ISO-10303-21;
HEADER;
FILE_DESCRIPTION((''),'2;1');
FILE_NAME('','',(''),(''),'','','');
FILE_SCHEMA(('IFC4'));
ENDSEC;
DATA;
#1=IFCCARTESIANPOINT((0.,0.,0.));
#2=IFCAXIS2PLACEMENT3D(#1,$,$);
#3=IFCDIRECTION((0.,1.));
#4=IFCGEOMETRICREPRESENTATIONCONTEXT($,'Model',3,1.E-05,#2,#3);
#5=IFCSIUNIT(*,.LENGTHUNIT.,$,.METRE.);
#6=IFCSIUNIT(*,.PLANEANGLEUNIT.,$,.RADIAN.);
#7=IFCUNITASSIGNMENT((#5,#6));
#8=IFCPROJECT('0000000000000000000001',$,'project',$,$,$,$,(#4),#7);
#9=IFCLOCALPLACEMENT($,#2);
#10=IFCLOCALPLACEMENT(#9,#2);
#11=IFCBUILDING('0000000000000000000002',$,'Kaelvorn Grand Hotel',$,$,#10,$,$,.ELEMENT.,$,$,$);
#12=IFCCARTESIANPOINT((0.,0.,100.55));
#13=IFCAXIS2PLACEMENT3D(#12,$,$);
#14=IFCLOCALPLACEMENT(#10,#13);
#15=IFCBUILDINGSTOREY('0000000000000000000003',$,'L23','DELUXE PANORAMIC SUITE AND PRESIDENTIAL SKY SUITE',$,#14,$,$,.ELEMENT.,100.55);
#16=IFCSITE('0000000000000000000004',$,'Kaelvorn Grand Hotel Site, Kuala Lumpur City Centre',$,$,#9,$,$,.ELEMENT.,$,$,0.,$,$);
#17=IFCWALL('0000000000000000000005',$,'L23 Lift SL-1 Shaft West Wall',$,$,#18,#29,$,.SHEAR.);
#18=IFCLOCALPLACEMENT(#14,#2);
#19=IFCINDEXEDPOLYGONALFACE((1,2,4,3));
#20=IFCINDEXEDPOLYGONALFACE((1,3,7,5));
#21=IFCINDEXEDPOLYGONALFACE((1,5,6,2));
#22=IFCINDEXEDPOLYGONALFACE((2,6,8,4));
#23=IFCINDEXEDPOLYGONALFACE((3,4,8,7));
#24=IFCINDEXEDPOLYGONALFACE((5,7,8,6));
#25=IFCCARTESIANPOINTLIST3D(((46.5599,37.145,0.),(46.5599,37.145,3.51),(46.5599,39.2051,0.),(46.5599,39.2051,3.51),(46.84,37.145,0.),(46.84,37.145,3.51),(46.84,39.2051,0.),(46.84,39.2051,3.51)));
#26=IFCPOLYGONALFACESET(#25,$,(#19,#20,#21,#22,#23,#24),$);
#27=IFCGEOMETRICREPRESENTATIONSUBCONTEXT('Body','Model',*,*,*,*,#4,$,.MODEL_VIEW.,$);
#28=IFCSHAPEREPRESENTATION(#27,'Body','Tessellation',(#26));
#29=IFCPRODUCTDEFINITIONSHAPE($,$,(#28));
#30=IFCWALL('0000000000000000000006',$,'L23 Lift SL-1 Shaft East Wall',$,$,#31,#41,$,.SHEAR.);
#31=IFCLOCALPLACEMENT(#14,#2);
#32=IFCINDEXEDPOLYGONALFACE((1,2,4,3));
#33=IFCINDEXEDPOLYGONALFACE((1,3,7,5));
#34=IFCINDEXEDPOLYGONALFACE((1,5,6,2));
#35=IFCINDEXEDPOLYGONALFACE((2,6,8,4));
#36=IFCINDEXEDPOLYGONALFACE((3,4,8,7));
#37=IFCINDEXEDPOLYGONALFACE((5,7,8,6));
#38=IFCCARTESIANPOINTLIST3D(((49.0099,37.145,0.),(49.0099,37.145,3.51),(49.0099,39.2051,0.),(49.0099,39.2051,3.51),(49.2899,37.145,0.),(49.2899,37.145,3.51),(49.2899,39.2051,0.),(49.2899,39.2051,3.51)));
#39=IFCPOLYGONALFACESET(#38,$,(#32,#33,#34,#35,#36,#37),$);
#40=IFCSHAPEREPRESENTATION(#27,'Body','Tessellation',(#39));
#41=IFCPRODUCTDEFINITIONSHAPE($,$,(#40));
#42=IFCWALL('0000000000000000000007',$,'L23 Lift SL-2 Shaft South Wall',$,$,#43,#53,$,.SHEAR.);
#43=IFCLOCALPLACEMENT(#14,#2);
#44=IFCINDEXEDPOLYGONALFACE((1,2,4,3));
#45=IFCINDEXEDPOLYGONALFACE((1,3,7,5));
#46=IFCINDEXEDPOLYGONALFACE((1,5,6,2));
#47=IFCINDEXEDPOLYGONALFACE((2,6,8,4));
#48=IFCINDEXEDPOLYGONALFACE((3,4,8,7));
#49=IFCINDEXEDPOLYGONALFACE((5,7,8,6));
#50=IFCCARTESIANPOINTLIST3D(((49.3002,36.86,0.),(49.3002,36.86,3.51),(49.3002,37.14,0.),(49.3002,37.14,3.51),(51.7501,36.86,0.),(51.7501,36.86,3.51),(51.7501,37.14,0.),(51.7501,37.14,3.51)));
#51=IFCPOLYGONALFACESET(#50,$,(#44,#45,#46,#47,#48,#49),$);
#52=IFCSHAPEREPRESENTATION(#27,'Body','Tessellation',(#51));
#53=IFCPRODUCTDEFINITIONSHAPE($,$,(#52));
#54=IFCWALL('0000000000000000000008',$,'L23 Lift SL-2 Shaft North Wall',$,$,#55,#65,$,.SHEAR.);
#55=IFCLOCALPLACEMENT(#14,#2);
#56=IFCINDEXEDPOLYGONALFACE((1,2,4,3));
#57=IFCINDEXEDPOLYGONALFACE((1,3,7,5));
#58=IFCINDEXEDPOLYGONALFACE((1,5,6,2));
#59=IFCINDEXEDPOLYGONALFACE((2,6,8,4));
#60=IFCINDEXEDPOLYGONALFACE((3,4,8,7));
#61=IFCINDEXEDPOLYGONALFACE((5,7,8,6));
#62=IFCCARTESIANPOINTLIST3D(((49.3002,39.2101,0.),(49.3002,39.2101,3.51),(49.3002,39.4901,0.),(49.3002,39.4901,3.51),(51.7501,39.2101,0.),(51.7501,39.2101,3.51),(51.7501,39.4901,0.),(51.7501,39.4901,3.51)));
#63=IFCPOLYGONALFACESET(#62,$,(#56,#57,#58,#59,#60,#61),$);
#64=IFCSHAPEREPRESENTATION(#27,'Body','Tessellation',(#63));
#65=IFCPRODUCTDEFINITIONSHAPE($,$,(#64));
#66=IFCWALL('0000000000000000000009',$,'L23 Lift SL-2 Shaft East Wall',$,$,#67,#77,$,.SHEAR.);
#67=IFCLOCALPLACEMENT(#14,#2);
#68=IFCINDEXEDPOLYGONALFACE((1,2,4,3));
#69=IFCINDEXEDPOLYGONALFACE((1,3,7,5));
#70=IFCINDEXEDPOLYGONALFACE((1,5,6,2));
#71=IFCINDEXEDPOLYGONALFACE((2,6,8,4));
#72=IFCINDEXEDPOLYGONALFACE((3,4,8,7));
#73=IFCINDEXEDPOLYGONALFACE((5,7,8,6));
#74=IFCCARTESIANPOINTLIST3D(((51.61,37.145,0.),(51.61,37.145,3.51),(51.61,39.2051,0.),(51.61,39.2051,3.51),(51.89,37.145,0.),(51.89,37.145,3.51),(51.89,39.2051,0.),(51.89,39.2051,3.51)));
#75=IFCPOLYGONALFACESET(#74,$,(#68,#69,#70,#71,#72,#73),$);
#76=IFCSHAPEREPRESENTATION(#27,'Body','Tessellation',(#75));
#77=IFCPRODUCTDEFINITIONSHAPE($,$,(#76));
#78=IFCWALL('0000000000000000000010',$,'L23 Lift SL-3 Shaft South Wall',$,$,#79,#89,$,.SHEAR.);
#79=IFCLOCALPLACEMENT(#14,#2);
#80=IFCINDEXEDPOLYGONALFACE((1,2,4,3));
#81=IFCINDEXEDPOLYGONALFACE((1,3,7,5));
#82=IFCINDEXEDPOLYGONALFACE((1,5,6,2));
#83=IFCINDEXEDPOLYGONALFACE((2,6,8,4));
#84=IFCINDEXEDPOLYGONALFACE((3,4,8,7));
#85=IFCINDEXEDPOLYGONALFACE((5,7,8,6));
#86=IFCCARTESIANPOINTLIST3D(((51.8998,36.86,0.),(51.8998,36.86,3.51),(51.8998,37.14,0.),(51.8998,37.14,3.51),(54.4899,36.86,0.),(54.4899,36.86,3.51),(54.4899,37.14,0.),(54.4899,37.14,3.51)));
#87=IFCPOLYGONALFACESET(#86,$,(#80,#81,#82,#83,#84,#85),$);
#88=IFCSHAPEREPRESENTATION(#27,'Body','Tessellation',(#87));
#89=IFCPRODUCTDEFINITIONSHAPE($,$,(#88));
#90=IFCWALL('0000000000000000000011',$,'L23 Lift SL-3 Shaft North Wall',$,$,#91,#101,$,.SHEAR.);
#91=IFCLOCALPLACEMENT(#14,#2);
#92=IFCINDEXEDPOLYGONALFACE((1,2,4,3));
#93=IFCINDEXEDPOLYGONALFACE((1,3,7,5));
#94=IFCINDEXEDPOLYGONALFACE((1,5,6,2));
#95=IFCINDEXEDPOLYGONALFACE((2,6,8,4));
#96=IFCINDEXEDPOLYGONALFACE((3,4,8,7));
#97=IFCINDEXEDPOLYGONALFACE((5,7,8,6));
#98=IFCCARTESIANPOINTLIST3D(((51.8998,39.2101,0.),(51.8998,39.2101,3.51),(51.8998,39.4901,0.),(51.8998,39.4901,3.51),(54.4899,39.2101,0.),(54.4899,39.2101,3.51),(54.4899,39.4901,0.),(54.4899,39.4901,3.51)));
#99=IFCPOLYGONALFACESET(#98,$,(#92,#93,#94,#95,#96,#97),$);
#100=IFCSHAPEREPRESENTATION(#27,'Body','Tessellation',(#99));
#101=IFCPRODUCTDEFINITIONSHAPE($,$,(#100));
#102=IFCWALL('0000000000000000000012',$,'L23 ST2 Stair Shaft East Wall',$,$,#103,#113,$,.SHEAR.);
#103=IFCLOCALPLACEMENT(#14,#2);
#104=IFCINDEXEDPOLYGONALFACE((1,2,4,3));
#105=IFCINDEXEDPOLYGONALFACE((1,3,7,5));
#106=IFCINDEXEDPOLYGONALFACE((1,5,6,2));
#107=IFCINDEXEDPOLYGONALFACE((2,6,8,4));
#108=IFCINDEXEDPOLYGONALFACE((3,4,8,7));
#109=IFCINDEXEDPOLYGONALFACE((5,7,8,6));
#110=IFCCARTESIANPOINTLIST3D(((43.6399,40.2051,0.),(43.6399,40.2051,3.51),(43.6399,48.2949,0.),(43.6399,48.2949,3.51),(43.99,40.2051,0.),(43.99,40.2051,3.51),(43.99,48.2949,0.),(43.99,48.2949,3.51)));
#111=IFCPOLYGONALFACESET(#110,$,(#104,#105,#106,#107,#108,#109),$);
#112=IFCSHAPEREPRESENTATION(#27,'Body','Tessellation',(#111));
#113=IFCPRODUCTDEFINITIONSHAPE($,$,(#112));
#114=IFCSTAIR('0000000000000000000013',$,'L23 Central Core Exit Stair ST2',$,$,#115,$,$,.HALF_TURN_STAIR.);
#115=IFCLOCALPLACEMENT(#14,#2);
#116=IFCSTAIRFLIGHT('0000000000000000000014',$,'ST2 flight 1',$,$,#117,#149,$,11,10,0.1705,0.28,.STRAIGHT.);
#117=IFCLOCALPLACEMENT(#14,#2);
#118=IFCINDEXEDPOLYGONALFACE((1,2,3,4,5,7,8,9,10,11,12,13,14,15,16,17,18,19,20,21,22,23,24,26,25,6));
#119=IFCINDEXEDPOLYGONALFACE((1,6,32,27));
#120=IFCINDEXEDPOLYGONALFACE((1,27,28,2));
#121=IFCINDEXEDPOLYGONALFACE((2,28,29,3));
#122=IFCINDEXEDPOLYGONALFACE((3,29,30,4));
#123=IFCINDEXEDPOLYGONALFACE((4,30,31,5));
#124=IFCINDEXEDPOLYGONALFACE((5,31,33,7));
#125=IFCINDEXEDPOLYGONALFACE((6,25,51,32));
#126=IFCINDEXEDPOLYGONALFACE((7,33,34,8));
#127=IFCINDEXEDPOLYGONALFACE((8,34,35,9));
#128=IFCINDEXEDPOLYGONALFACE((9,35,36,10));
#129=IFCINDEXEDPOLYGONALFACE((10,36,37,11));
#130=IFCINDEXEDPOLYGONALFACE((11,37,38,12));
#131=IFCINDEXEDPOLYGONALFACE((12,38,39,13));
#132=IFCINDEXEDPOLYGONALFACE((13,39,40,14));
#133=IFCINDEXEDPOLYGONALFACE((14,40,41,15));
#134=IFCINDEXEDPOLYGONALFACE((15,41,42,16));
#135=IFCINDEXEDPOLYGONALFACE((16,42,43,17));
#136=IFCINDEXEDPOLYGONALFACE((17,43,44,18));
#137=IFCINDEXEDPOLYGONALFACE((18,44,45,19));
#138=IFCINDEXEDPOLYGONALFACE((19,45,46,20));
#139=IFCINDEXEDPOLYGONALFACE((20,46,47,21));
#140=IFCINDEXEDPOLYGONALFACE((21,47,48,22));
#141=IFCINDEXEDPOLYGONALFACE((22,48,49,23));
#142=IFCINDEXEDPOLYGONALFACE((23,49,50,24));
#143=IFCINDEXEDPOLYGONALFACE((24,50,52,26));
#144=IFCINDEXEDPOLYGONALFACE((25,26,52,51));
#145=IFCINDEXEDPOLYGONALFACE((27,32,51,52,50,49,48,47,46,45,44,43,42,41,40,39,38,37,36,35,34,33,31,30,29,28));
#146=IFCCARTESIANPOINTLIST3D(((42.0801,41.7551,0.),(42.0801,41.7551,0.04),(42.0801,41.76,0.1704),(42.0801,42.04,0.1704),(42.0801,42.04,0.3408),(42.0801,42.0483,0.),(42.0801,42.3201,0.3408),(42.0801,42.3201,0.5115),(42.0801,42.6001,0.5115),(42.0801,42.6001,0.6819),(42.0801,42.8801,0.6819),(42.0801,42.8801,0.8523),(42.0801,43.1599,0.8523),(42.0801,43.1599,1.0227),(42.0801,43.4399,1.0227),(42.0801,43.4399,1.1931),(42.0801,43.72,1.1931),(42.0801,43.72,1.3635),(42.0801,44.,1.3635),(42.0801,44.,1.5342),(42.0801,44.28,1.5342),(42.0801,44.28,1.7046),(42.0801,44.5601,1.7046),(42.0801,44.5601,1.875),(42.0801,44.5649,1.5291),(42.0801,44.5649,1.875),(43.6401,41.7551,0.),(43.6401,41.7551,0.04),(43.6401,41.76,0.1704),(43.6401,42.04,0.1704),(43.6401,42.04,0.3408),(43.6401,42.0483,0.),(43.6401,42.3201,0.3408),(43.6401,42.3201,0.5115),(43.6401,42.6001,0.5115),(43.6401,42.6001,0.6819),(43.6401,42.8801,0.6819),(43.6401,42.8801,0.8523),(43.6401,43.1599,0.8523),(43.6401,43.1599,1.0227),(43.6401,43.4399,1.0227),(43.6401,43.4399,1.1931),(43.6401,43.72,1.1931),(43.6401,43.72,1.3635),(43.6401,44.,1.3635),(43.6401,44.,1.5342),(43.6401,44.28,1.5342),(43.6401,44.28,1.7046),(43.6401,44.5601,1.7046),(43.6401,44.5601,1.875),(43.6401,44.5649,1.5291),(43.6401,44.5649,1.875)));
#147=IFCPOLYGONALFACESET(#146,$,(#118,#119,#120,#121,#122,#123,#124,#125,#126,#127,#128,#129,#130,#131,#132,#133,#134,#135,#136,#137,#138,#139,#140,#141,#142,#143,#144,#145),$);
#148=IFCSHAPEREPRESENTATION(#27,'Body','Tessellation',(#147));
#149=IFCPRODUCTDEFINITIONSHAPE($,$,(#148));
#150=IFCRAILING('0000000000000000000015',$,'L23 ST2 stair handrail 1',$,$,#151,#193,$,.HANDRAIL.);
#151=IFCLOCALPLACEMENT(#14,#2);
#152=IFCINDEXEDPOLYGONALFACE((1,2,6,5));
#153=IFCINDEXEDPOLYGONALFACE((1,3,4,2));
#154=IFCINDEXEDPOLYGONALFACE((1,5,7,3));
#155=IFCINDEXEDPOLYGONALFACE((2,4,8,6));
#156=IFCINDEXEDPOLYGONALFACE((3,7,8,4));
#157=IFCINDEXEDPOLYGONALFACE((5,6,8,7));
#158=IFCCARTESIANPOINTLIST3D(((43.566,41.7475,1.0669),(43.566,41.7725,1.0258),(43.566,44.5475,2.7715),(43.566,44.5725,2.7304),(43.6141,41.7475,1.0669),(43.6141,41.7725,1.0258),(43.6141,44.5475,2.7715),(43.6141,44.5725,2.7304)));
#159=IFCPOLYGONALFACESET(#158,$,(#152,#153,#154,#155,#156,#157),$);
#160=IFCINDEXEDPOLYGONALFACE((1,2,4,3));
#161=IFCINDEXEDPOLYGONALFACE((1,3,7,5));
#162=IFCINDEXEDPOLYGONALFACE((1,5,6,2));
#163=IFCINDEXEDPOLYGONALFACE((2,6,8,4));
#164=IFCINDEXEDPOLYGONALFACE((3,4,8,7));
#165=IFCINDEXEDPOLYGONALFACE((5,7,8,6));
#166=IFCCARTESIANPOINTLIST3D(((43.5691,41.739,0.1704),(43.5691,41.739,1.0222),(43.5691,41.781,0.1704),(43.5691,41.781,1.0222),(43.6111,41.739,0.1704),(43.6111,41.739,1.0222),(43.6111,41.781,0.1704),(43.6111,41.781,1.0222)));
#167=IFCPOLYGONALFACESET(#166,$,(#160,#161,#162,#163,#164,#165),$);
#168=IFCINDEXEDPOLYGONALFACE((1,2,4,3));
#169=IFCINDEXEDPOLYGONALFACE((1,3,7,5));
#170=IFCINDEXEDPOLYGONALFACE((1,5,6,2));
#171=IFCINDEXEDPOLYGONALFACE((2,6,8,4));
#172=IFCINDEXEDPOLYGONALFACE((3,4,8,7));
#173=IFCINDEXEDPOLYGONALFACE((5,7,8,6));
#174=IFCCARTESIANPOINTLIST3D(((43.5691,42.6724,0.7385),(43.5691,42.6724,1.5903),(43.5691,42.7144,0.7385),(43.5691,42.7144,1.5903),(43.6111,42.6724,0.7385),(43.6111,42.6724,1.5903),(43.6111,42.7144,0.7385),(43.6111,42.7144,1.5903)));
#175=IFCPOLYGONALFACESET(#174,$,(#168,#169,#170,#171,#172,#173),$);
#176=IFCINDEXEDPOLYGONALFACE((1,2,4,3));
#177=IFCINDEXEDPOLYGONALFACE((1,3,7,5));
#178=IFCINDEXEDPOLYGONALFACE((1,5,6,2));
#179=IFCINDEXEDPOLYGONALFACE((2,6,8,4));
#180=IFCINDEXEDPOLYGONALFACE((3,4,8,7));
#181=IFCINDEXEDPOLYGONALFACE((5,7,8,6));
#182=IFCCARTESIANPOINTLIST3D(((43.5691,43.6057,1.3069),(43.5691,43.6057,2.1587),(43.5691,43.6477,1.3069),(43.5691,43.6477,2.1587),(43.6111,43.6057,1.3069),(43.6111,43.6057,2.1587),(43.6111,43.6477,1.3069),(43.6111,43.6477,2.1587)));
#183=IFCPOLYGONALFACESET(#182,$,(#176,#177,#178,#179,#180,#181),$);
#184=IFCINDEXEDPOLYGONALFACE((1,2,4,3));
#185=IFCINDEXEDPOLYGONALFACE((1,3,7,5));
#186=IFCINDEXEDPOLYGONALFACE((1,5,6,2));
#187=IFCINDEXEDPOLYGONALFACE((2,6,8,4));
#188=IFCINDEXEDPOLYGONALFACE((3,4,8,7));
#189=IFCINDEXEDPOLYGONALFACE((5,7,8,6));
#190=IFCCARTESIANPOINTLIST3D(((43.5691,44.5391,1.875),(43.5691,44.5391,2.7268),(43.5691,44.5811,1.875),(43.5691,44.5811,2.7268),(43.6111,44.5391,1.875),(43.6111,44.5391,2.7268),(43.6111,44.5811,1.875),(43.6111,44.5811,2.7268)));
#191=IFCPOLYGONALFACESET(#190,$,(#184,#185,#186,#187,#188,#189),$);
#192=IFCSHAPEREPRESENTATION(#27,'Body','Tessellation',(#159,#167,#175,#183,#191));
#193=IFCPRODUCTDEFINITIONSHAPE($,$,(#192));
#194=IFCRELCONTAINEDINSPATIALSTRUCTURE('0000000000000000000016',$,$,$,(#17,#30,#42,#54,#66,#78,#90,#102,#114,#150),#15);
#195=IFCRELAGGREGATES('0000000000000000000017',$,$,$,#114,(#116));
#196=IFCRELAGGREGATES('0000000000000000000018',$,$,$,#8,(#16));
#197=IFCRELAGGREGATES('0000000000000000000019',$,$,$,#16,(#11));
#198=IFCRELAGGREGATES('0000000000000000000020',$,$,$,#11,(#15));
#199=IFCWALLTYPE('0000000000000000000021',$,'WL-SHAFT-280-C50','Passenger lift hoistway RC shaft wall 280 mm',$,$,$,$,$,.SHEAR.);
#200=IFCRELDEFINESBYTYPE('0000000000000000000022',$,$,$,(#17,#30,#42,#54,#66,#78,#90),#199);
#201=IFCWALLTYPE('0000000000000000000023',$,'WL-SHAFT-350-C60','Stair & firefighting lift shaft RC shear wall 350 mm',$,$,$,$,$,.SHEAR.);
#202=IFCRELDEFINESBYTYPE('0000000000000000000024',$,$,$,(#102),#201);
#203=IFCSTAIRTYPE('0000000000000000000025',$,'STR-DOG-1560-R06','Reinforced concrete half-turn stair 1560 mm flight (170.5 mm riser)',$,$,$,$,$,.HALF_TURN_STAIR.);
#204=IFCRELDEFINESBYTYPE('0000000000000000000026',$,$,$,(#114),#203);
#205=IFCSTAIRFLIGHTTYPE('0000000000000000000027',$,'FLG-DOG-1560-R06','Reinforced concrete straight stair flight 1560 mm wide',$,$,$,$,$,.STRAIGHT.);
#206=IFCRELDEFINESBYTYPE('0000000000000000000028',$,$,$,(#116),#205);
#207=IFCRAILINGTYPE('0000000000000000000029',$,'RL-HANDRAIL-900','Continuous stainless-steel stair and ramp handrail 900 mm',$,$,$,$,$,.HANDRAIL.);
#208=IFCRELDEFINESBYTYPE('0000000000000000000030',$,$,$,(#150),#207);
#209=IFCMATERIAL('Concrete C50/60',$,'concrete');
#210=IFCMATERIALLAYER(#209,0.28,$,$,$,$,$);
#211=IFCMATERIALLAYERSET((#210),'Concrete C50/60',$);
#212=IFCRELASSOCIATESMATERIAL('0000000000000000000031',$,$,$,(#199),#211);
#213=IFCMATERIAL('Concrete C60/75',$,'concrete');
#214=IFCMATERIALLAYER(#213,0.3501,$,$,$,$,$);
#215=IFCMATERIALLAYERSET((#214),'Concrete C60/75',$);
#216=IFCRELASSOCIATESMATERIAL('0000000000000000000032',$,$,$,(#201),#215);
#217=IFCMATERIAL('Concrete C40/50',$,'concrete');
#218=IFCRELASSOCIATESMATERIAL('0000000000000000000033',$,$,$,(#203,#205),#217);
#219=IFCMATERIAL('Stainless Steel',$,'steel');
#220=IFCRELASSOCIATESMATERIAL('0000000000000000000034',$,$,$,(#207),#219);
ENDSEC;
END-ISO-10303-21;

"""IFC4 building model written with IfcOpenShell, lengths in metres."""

from ifc_helpers import new_model, si_unit, direction, frame, frame_2d, origin, origin_2d, place, context, subcontext, project, spatial, polyline, rectangle, outline, extrude, material, layer, layer_set, type_object, element, aggregate, save


model = new_model("IFC4")

# Units and contexts
model_context = context("Model", 3, precision=1e-05, world=origin(), true_north=direction((0.0, 1.0)))
body_context = subcontext(model_context, "Body", "Model", "MODEL_VIEW")
ifc_project = project(units=[si_unit("LENGTHUNIT", "METRE"), si_unit("PLANEANGLEUNIT", "RADIAN")], contexts=[model_context])

# Site, building, storey
site_placement = place(None, origin())
site = spatial("IfcSite", under=ifc_project, at=site_placement, Name="Kaelvorn Grand Hotel Site, Kuala Lumpur City Centre", CompositionType="ELEMENT", RefElevation=0.0)
building_placement = place(site_placement, origin())
building = spatial("IfcBuilding", under=site, at=building_placement, Name="Kaelvorn Grand Hotel", CompositionType="ELEMENT")
storey_placement = place(building_placement, frame((0.0, 0.0, 100.55)))
storey = spatial("IfcBuildingStorey", under=building, at=storey_placement, Name="L23", Description="DELUXE PANORAMIC SUITE AND PRESIDENTIAL SKY SUITE", CompositionType="ELEMENT", Elevation=100.55)

# Shared definitions
ifc_material_1 = material(Name="Concrete C60/75", Category="concrete")

# Walls
ifc_material_2 = material(Name="Concrete C40/50", Category="concrete")
ifc_material_3 = material(Name="Concrete C50/60", Category="concrete")
ifc_layer_1 = layer(ifc_material_3, 0.28)
ifc_layer_set_1 = layer_set([ifc_layer_1], Name="Concrete C50/60")
wall_type_1 = type_object("IfcWallType", Name="WL-SHAFT-280-C50", Description="Passenger lift hoistway RC shaft wall 280 mm", PredefinedType="SHEAR", material=ifc_layer_set_1)
for number, where, z_axis, x_axis, name in (
    (1, (46.7, 37.145, 0.0), (0.0, 0.0, 1.0), (0.0, 1.0, 0.0), "L23 Lift SL-1 Shaft West Wall"),
    (2, (49.1499, 37.145, 0.0), (0.0, 0.0, 1.0), (0.0, 1.0, 0.0), "L23 Lift SL-1 Shaft East Wall"),
):
    element("IfcWall", number, at=place(storey_placement, frame(where, z_axis=z_axis, x_axis=x_axis)), inside=storey, type_object=wall_type_1, Name=name, PredefinedType="SHEAR", context=body_context, shape_type="SweptSolid", body=[
        extrude(rectangle(XDim=2.0601, YDim=0.28, at=frame_2d((1.03, 0.0))), origin(), (0.0, 0.0, 1.0), 3.51),
    ])
for number, where, z_axis, x_axis, name in (
    (3, (49.3, 37.0, 0.0), (0.0, 0.0, 1.0), (1.0, 0.0, 0.0), "L23 Lift SL-2 Shaft South Wall"),
    (4, (49.3, 39.3501, 0.0), (0.0, 0.0, 1.0), (1.0, 0.0, 0.0), "L23 Lift SL-2 Shaft North Wall"),
):
    element("IfcWall", number, at=place(storey_placement, frame(where, z_axis=z_axis, x_axis=x_axis)), inside=storey, type_object=wall_type_1, Name=name, PredefinedType="SHEAR", context=body_context, shape_type="SweptSolid", body=[
        extrude(rectangle(XDim=2.45, YDim=0.28, at=frame_2d((1.2251, 0.0))), origin(), (0.0, 0.0, 1.0), 3.51),
    ])
wall_1_placement = place(storey_placement, frame((51.75, 37.145, 0.0), z_axis=(0.0, 0.0, 1.0), x_axis=(0.0, 1.0, 0.0)))
element("IfcWall", 5, at=wall_1_placement, inside=storey, type_object=wall_type_1, Name="L23 Lift SL-2 Shaft East Wall", PredefinedType="SHEAR", context=body_context, shape_type="SweptSolid", body=[
    extrude(rectangle(XDim=2.0601, YDim=0.28, at=frame_2d((1.03, 0.0))), origin(), (0.0, 0.0, 1.0), 3.51),
])
for number, where, z_axis, x_axis, name in (
    (6, (51.8999, 37.0, 0.0), (0.0, 0.0, 1.0), (1.0, 0.0, 0.0), "L23 Lift SL-3 Shaft South Wall"),
    (7, (51.8999, 39.3501, 0.0), (0.0, 0.0, 1.0), (1.0, 0.0, 0.0), "L23 Lift SL-3 Shaft North Wall"),
):
    element("IfcWall", number, at=place(storey_placement, frame(where, z_axis=z_axis, x_axis=x_axis)), inside=storey, type_object=wall_type_1, Name=name, PredefinedType="SHEAR", context=body_context, shape_type="SweptSolid", body=[
        extrude(rectangle(XDim=2.5901, YDim=0.28, at=frame_2d((1.2949, 0.0))), origin(), (0.0, 0.0, 1.0), 3.51),
    ])
ifc_layer_2 = layer(ifc_material_1, 0.3501)
ifc_layer_set_2 = layer_set([ifc_layer_2], Name="Concrete C60/75")
wall_type_2 = type_object("IfcWallType", Name="WL-SHAFT-350-C60", Description="Stair & firefighting lift shaft RC shear wall 350 mm", PredefinedType="SHEAR", material=ifc_layer_set_2)
wall_2_placement = place(storey_placement, frame((43.8149, 40.2051, 0.0), z_axis=(0.0, 0.0, 1.0), x_axis=(0.0, 1.0, 0.0)))
element("IfcWall", 8, at=wall_2_placement, inside=storey, type_object=wall_type_2, Name="L23 ST2 Stair Shaft East Wall", PredefinedType="SHEAR", context=body_context, shape_type="SweptSolid", body=[
    extrude(rectangle(XDim=8.0898, YDim=0.3501, at=frame_2d((4.0449, 0.0))), origin(), (0.0, 0.0, 1.0), 3.51),
])

# Stair, stair flight
stair_type = type_object("IfcStairType", Name="STR-DOG-1560-R06", Description="Reinforced concrete half-turn stair 1560 mm flight (170.5 mm riser)", PredefinedType="HALF_TURN_STAIR", material=ifc_material_2)
stair_placement = place(storey_placement, origin())
stair = element("IfcStair", 9, at=stair_placement, inside=storey, type_object=stair_type, Name="L23 Central Core Exit Stair ST2", PredefinedType="HALF_TURN_STAIR")
stair_flight_type = type_object("IfcStairFlightType", Name="FLG-DOG-1560-R06", Description="Reinforced concrete straight stair flight 1560 mm wide", PredefinedType="STRAIGHT", material=ifc_material_2)
stair_flight_placement = place(storey_placement, frame((42.8601, 41.76, 0.0), z_axis=(0.0, 0.0, 1.0), x_axis=(0.0, 1.0, 0.0)))
stair_flight = element("IfcStairFlight", 10, at=stair_flight_placement, type_object=stair_flight_type, Name="ST2 flight 1", NumberOfRisers=11, NumberOfTreads=10, PredefinedType="STRAIGHT", RiserHeight=0.1705, TreadLength=0.28, context=body_context, shape_type="SweptSolid", body=[
    extrude(outline(polyline([(-0.0049, 0.0), (-0.0049, 0.04), (0.0, 0.1704), (0.28, 0.1704), (0.28, 0.3408), (0.5601, 0.3408), (0.5601, 0.5115), (0.8401, 0.5115), (0.8401, 0.6819), (1.1201, 0.6819), (1.1201, 0.8523), (1.3999, 0.8523), (1.3999, 1.0227), (1.6799, 1.0227), (1.6799, 1.1931), (1.96, 1.1931), (1.96, 1.3635), (2.24, 1.3635), (2.24, 1.5342), (2.52, 1.5342), (2.52, 1.7046), (2.8, 1.7046), (2.8, 1.875), (2.8049, 1.875), (2.8049, 1.5291), (0.2883, 0.0), (-0.0049, 0.0)])), frame((0.0, 0.78, 0.0), z_axis=(0.0, -1.0, 0.0), x_axis=(1.0, 0.0, 0.0)), (0.0, 0.0, 1.0), 1.5601),
])
aggregate(stair, [stair_flight])

# Railing
ifc_material_4 = material(Name="Stainless Steel", Category="steel")
railing_type_1 = type_object("IfcRailingType", Name="RL-HANDRAIL-900", Description="Continuous stainless-steel stair and ramp handrail 900 mm", PredefinedType="HANDRAIL", material=ifc_material_4)
railing_1_placement = place(storey_placement, frame((43.5901, 41.76, 0.1704)))
element("IfcRailing", 11, at=railing_1_placement, inside=storey, type_object=railing_type_1, Name="L23 ST2 stair handrail 1", PredefinedType="HANDRAIL", context=body_context, shape_type="SweptSolid", body=[
    extrude(rectangle(XDim=0.0481, YDim=0.0481, at=origin_2d()), frame((0.0, 0.0, 0.876), z_axis=(0.0, 0.85417, 0.519994), x_axis=(-1.0, 0.0, 0.0)), (0.0, 0.0, 1.0), 3.2781),
    extrude(rectangle(XDim=0.042, YDim=0.042, at=origin_2d()), origin(), (0.0, 0.0, 1.0), 0.8518),
    extrude(rectangle(XDim=0.042, YDim=0.042, at=origin_2d()), frame((0.0, 0.9333, 0.5681)), (0.0, 0.0, 1.0), 0.8518),
    extrude(rectangle(XDim=0.042, YDim=0.042, at=origin_2d()), frame((0.0, 1.8667, 1.1365)), (0.0, 0.0, 1.0), 0.8518),
    extrude(rectangle(XDim=0.042, YDim=0.042, at=origin_2d()), frame((0.0, 2.8, 1.7046)), (0.0, 0.0, 1.0), 0.8518),
])

save(model, "model.ifc")
